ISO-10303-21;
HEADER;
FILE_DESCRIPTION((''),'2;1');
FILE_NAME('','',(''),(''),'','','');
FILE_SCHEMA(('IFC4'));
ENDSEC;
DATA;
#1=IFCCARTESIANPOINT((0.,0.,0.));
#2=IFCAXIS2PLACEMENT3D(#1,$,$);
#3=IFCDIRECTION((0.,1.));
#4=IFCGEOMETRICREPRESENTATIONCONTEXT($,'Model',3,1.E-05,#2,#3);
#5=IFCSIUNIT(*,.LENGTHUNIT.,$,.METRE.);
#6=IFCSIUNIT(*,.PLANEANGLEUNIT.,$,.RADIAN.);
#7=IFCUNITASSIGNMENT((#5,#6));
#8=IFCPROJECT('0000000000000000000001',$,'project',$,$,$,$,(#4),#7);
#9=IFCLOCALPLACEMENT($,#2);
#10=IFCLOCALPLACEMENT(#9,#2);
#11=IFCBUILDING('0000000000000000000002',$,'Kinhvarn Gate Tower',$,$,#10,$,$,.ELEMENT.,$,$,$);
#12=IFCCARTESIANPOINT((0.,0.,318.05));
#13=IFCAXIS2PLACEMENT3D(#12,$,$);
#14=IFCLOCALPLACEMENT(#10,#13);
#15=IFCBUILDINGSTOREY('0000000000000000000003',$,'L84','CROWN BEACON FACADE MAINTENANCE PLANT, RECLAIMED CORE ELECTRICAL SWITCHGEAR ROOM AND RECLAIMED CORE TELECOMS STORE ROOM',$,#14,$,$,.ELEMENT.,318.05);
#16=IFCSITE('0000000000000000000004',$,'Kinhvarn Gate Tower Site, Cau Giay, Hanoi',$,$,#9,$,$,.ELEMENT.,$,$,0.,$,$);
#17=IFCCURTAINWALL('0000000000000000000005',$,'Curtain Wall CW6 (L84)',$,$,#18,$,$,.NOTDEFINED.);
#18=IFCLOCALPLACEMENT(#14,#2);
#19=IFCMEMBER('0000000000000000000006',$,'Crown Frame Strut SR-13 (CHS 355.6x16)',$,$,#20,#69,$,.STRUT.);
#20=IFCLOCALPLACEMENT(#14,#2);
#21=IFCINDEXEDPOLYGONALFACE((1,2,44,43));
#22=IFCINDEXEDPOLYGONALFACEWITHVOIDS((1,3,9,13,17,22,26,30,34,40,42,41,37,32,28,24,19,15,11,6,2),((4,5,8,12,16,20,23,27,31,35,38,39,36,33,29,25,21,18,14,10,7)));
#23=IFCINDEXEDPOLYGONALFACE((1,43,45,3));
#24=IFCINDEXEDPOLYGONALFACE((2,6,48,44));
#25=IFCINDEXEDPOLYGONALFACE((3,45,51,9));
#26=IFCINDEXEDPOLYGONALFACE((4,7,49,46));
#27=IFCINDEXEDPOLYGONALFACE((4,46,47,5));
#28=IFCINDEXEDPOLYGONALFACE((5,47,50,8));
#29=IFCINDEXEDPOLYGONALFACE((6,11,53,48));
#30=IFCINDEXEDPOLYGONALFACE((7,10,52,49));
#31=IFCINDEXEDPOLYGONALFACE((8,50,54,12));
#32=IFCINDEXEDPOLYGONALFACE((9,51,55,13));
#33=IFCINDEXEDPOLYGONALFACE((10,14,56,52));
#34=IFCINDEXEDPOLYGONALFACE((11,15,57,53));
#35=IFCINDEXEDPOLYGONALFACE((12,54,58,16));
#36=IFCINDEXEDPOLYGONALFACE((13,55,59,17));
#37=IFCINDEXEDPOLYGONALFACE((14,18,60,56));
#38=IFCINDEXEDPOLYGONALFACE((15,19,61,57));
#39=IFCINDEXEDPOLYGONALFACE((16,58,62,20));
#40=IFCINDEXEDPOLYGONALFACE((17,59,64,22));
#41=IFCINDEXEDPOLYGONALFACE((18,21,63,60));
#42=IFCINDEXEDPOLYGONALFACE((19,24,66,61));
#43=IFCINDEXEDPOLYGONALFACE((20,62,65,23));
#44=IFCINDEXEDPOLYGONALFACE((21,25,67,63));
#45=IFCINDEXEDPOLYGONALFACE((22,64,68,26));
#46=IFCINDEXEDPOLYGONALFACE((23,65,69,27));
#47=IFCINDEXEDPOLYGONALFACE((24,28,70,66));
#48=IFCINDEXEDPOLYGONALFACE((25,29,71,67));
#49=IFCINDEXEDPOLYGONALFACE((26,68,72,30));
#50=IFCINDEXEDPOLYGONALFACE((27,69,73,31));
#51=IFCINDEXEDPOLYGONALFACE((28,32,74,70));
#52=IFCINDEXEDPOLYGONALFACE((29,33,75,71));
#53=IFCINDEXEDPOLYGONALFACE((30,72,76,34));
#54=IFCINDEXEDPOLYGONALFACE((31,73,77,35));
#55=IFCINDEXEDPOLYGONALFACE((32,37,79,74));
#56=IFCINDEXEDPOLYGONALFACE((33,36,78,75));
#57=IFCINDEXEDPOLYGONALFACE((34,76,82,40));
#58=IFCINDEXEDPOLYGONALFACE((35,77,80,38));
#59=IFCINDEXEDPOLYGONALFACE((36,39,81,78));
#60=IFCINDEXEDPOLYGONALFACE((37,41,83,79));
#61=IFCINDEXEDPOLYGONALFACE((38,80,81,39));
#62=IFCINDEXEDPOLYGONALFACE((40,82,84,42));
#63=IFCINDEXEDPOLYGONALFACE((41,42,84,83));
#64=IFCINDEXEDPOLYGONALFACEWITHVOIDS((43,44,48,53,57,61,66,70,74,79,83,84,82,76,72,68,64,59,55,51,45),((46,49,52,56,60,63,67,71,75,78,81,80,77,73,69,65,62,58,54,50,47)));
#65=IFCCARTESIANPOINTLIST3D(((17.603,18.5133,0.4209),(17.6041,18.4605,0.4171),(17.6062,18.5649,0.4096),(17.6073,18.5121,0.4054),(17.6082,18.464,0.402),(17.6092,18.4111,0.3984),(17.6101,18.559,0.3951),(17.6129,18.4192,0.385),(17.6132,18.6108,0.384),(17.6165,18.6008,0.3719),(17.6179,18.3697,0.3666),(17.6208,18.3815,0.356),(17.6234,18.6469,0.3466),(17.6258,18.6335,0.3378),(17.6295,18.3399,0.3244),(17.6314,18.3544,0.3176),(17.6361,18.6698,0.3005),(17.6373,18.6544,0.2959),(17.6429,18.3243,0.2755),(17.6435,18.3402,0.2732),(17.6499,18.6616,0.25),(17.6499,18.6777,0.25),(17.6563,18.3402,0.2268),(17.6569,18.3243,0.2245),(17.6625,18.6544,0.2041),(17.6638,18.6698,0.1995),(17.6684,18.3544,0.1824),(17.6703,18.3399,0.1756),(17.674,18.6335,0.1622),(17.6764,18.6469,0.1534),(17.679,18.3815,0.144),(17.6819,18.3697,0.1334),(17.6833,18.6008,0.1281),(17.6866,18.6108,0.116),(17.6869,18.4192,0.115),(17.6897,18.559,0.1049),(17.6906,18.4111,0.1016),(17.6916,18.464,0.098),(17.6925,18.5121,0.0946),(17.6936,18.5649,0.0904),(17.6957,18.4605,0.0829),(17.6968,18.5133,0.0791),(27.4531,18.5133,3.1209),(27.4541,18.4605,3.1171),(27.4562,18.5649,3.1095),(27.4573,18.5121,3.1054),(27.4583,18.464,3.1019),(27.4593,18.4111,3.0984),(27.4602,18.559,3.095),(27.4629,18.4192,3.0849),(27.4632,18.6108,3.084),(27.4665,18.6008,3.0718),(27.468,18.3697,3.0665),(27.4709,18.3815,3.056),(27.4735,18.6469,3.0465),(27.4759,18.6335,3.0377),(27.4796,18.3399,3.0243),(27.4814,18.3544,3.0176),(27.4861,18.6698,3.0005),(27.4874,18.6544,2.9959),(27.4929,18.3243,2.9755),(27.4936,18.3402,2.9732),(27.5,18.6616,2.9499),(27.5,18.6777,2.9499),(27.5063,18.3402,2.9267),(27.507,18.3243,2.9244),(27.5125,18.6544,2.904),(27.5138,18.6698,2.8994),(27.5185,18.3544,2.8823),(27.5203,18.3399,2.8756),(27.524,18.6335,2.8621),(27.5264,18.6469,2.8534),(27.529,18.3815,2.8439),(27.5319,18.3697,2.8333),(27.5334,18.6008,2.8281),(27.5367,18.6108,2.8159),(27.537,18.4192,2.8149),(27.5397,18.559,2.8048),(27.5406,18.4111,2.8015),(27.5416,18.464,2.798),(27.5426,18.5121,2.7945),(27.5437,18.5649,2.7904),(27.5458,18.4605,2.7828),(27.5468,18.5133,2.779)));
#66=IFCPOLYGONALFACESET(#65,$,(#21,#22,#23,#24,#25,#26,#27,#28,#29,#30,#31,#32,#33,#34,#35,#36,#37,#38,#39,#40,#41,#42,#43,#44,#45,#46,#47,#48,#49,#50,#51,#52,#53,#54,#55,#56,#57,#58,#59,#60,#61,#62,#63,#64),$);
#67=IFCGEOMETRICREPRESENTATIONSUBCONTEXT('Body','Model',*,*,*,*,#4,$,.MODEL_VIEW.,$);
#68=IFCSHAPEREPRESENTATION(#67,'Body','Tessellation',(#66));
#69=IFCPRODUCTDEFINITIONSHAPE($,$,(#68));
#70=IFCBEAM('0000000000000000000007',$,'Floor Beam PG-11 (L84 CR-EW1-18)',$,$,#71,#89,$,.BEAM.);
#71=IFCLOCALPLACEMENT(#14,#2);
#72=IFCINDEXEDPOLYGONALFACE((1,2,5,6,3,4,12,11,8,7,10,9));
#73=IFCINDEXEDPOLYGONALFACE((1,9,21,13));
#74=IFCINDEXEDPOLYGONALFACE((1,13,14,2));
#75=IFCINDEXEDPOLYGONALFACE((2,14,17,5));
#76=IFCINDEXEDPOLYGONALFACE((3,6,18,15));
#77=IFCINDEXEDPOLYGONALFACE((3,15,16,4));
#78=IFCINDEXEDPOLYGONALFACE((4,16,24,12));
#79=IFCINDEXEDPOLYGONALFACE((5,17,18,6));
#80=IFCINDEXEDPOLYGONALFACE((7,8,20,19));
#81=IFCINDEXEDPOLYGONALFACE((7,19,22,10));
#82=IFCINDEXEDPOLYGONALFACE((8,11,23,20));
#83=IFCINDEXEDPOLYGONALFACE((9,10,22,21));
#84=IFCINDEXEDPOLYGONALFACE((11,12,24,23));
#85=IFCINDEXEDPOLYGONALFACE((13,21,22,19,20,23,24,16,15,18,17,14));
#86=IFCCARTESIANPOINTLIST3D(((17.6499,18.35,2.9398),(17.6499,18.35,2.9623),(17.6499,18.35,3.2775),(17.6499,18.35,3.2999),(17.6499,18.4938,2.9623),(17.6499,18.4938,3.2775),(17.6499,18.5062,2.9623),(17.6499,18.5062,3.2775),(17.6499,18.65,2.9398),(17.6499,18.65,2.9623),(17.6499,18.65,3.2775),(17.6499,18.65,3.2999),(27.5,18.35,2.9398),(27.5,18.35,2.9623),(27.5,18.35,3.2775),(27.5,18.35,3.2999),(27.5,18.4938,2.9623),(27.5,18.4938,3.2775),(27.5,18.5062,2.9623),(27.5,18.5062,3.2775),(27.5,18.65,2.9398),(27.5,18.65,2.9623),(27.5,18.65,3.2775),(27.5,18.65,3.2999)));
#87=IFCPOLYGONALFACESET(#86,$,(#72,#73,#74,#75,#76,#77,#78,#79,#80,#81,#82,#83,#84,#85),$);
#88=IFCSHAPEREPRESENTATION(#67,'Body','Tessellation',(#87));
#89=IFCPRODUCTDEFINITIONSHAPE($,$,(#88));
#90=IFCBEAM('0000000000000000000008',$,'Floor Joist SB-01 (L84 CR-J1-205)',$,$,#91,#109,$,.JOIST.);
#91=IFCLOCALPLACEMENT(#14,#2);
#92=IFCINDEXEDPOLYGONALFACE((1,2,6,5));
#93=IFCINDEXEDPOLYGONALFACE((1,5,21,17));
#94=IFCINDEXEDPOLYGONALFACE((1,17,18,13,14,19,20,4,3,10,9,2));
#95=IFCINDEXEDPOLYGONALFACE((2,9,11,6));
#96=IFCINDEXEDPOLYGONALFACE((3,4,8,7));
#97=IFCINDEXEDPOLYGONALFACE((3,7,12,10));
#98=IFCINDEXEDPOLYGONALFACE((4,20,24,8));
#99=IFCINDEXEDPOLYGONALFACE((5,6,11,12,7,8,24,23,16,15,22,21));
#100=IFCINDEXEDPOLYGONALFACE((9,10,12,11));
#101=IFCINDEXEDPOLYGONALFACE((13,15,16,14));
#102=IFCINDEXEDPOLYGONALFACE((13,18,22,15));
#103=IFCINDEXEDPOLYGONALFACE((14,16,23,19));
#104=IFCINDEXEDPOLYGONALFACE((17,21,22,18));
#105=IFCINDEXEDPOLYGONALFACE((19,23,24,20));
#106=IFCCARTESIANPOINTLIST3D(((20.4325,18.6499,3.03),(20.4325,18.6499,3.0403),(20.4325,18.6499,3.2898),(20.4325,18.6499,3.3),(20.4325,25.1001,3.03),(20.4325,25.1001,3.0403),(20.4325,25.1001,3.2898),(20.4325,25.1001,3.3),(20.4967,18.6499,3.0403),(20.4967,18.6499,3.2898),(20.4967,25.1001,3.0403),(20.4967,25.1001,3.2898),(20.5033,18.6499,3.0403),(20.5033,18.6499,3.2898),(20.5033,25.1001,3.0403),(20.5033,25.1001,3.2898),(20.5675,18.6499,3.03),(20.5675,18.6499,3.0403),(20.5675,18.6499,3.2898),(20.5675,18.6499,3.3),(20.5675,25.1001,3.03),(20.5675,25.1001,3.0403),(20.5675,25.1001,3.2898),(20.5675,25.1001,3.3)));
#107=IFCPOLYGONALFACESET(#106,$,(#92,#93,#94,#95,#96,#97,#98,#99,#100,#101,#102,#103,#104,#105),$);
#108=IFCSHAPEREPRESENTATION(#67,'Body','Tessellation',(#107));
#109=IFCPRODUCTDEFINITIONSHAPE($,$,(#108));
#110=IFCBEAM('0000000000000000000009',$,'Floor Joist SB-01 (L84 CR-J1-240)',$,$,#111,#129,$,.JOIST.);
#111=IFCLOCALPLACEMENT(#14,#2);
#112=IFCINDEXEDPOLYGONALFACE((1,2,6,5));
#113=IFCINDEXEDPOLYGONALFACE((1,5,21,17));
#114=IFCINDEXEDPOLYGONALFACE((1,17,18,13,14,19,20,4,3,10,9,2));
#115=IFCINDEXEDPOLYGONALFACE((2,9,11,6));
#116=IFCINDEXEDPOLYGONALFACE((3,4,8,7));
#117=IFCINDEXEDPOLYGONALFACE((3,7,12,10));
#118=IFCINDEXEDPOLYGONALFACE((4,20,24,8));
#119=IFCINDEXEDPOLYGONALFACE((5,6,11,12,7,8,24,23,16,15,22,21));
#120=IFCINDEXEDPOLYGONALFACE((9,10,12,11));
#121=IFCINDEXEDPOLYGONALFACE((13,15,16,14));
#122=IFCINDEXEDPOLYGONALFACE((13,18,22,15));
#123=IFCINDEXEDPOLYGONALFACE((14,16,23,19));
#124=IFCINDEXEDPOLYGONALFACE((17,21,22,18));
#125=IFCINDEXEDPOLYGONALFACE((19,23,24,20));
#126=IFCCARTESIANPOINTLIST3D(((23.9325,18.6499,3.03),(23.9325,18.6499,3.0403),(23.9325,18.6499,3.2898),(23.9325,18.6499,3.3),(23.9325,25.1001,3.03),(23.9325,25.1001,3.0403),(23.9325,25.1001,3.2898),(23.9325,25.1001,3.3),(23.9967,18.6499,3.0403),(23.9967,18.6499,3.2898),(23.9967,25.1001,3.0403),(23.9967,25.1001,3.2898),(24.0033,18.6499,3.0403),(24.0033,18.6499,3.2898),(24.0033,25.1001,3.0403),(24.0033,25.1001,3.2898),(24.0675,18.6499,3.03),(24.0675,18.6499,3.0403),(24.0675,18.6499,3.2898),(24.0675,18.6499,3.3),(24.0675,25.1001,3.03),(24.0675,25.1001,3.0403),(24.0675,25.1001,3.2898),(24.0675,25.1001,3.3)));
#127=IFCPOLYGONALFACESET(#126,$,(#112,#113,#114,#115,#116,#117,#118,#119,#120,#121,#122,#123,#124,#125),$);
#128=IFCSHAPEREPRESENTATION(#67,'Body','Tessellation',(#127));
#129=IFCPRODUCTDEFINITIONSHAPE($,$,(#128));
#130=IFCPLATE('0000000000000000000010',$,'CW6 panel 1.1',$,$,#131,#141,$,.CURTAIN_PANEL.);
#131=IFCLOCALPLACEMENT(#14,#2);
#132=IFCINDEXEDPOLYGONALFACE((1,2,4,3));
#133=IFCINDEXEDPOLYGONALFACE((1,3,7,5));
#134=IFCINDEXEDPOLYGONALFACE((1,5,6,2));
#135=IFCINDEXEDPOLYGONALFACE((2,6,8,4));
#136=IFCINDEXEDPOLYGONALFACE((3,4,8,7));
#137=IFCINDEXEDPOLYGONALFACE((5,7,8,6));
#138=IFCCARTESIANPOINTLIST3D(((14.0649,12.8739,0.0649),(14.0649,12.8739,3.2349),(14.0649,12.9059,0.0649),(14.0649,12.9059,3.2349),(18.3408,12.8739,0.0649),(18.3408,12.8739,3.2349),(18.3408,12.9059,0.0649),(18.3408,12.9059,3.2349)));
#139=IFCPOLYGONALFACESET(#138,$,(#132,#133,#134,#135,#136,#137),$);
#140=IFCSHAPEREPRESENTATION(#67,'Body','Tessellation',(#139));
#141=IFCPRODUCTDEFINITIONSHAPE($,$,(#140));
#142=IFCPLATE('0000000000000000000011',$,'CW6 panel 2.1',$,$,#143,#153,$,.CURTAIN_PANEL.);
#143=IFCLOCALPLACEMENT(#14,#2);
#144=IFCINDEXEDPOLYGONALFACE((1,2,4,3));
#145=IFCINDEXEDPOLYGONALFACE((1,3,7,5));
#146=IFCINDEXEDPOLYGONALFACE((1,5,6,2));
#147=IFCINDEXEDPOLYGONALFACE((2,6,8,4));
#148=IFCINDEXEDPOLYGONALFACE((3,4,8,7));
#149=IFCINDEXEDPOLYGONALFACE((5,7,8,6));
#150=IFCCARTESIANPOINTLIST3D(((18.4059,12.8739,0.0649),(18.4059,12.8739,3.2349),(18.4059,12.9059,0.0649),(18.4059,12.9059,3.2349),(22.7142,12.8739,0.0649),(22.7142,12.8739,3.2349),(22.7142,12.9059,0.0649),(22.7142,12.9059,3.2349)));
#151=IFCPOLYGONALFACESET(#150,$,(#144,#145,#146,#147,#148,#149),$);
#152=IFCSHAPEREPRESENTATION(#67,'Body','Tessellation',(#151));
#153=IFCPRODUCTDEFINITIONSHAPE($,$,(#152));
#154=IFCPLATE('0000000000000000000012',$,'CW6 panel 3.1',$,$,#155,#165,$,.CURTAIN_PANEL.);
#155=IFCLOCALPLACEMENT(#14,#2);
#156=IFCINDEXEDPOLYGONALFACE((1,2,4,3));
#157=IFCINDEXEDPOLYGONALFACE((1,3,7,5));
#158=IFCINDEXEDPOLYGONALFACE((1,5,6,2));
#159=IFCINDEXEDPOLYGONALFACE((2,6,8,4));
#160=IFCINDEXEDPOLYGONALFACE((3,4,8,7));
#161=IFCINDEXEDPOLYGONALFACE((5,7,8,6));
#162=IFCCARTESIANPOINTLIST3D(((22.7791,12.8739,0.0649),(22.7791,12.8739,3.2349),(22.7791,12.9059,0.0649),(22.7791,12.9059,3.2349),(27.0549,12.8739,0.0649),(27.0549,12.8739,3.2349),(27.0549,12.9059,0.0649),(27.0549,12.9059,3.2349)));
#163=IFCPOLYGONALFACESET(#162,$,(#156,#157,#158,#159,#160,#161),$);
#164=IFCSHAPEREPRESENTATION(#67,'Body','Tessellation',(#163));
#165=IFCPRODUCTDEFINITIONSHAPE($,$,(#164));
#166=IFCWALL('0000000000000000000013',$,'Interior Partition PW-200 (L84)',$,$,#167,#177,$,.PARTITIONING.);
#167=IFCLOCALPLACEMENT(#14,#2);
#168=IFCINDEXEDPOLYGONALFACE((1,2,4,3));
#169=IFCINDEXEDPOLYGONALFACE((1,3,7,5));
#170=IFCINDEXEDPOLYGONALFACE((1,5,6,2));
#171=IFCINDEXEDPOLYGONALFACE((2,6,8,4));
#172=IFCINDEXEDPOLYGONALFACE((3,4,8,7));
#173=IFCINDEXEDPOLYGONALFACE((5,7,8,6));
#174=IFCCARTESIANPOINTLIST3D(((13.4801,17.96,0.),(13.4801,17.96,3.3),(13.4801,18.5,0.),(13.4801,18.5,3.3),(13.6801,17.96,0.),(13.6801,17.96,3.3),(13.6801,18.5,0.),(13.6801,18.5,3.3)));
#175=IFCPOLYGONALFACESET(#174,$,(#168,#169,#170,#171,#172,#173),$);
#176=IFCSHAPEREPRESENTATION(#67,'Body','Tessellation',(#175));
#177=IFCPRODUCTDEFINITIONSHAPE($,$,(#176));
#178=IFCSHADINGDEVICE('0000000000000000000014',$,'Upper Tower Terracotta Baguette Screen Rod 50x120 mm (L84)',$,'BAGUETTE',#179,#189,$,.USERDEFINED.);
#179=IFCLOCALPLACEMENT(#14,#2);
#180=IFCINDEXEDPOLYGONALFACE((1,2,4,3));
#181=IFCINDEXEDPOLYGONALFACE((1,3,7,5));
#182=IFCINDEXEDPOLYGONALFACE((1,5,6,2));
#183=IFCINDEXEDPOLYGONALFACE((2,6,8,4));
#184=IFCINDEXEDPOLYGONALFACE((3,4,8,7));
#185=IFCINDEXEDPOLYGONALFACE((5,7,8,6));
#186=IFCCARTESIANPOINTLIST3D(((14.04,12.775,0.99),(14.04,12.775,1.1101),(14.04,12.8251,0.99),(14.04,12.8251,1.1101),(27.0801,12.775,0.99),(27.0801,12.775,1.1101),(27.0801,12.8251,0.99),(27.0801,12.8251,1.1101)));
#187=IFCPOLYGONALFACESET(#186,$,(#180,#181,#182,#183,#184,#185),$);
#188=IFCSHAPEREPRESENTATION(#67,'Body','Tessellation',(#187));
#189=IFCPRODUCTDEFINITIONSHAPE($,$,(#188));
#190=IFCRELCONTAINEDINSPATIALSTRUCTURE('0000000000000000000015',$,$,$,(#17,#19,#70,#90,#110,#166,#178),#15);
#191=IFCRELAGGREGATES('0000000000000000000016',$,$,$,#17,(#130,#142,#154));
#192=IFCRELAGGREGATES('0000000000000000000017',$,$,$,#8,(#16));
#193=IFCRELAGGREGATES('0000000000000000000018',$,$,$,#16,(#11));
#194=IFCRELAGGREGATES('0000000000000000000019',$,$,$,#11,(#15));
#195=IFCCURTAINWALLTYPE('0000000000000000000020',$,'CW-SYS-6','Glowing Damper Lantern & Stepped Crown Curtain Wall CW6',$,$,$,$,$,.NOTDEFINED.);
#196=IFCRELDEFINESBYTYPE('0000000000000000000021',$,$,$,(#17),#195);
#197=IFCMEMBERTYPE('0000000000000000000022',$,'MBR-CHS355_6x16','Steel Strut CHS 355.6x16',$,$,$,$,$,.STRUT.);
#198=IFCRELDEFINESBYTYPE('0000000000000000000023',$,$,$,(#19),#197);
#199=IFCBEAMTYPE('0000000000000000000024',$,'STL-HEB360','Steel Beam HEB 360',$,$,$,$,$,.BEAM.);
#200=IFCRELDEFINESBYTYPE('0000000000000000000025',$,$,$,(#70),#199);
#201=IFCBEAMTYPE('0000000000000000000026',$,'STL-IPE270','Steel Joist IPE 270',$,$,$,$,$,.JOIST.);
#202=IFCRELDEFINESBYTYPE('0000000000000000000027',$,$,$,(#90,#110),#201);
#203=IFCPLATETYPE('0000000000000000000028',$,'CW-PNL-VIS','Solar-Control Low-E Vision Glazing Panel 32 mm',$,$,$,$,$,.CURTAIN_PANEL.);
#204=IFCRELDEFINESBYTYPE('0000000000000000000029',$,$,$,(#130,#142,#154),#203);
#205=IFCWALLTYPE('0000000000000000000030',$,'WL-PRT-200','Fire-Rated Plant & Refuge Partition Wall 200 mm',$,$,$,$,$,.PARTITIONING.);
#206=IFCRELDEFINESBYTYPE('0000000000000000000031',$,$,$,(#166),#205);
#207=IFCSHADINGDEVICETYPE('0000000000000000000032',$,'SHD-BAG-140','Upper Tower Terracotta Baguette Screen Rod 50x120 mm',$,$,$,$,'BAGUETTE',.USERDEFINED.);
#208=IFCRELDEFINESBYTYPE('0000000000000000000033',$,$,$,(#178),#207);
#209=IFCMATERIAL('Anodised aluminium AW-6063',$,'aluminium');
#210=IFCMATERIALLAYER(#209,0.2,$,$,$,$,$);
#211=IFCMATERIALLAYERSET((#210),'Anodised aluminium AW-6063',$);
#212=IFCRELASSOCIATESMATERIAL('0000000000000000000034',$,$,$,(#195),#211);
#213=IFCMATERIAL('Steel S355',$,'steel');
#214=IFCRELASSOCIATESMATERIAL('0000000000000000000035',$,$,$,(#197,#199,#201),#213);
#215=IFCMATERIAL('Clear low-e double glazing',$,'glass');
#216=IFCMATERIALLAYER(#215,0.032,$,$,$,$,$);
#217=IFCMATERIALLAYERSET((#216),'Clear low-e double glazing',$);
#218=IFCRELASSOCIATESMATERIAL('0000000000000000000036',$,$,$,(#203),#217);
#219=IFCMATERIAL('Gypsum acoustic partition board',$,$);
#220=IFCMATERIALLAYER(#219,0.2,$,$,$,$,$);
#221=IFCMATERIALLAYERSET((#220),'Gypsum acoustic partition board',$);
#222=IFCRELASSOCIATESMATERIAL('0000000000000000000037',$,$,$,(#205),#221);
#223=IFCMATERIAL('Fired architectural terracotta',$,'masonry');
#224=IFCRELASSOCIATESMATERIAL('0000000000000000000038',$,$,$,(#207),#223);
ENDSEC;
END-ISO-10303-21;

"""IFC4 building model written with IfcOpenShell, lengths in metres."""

from ifc_helpers import new_model, si_unit, direction, frame, frame_2d, origin, origin_2d, place, context, subcontext, project, spatial, rectangle, hollow_circle, i_section, extrude, material, layer, layer_set, material_profile, profile_set, type_object, element, aggregate, save


model = new_model("IFC4")

# Units and contexts
model_context = context("Model", 3, precision=1e-05, world=origin(), true_north=direction((0.0, 1.0)))
body_context = subcontext(model_context, "Body", "Model", "MODEL_VIEW")
ifc_project = project(units=[si_unit("LENGTHUNIT", "METRE"), si_unit("PLANEANGLEUNIT", "RADIAN")], contexts=[model_context])

# Site, building, storey
site_placement = place(None, origin())
site = spatial("IfcSite", under=ifc_project, at=site_placement, Name="Kinhvarn Gate Tower Site, Cau Giay, Hanoi", CompositionType="ELEMENT", RefElevation=0.0)
building_placement = place(site_placement, origin())
building = spatial("IfcBuilding", under=site, at=building_placement, Name="Kinhvarn Gate Tower", CompositionType="ELEMENT")
storey_placement = place(building_placement, frame((0.0, 0.0, 318.05)))
storey = spatial("IfcBuildingStorey", under=building, at=storey_placement, Name="L84", Description="CROWN BEACON FACADE MAINTENANCE PLANT, RECLAIMED CORE ELECTRICAL SWITCHGEAR ROOM AND RECLAIMED CORE TELECOMS STORE ROOM", CompositionType="ELEMENT", Elevation=318.05)

# Curtain wall
ifc_material_1 = material(Name="Anodised aluminium AW-6063", Category="aluminium")
ifc_layer_1 = layer(ifc_material_1, 0.2)
ifc_layer_set_1 = layer_set([ifc_layer_1], Name="Anodised aluminium AW-6063")
curtain_wall_type = type_object("IfcCurtainWallType", Name="CW-SYS-6", Description="Glowing Damper Lantern & Stepped Crown Curtain Wall CW6", PredefinedType="NOTDEFINED", material=ifc_layer_set_1)
curtain_wall_placement = place(storey_placement, origin())
curtain_wall = element("IfcCurtainWall", 1, at=curtain_wall_placement, inside=storey, type_object=curtain_wall_type, Name="Curtain Wall CW6 (L84)", PredefinedType="NOTDEFINED")

# Member
ifc_material_2 = material(Name="Steel S355", Category="steel")
ifc_material_profile_1 = material_profile(ifc_material_2, hollow_circle(Radius=0.1777, WallThickness=0.0161, at=origin_2d()), Name="CHS 355.6x16")
ifc_profile_set_1 = profile_set([ifc_material_profile_1], Name="Steel S355")
member_type_1 = type_object("IfcMemberType", Name="MBR-CHS355_6x16", Description="Steel Strut CHS 355.6x16", PredefinedType="STRUT", material=ifc_profile_set_1)
member_1_placement = place(storey_placement, frame((17.6499, 18.5, 0.25), z_axis=(0.964426, 0.0, 0.264353), x_axis=(0.0, 1.0, 0.0)))
element("IfcMember", 2, at=member_1_placement, inside=storey, type_object=member_type_1, Name="Crown Frame Strut SR-13 (CHS 355.6x16)", PredefinedType="STRUT", context=body_context, shape_type="SweptSolid", body=[
    extrude(hollow_circle(Radius=0.1777, WallThickness=0.0161, at=origin_2d()), origin(), (0.0, 0.0, 1.0), 10.2134),
])

# Beams
ifc_material_profile_2 = material_profile(ifc_material_2, i_section(OverallWidth=0.3, OverallDepth=0.3601, WebThickness=0.0125, FlangeThickness=0.0225, at=origin_2d()), Name="HEB 360")
ifc_profile_set_2 = profile_set([ifc_material_profile_2], Name="Steel S355")
beam_type_1 = type_object("IfcBeamType", Name="STL-HEB360", Description="Steel Beam HEB 360", PredefinedType="BEAM", material=ifc_profile_set_2)
beam_1_placement = place(storey_placement, frame((17.6499, 18.5, 3.1199), z_axis=(1.0, 0.0, 0.0), x_axis=(0.0, 1.0, 0.0)))
element("IfcBeam", 3, at=beam_1_placement, inside=storey, type_object=beam_type_1, Name="Floor Beam PG-11 (L84 CR-EW1-18)", PredefinedType="BEAM", context=body_context, shape_type="SweptSolid", body=[
    extrude(i_section(OverallWidth=0.3, OverallDepth=0.3601, WebThickness=0.0125, FlangeThickness=0.0225, at=origin_2d()), origin(), (0.0, 0.0, 1.0), 9.8501),
])
ifc_material_profile_3 = material_profile(ifc_material_2, i_section(OverallWidth=0.135, OverallDepth=0.27, WebThickness=0.0066, FlangeThickness=0.0103, at=origin_2d()), Name="IPE 270")
ifc_profile_set_3 = profile_set([ifc_material_profile_3], Name="Steel S355")
beam_type_2 = type_object("IfcBeamType", Name="STL-IPE270", Description="Steel Joist IPE 270", PredefinedType="JOIST", material=ifc_profile_set_3)
for number, where, z_axis, x_axis, name in (
    (4, (20.5, 18.6499, 3.165), (0.0, 1.0, 0.0), (-1.0, 0.0, 0.0), "Floor Joist SB-01 (L84 CR-J1-205)"),
    (5, (24.0, 18.6499, 3.165), (0.0, 1.0, 0.0), (-1.0, 0.0, 0.0), "Floor Joist SB-01 (L84 CR-J1-240)"),
):
    element("IfcBeam", number, at=place(storey_placement, frame(where, z_axis=z_axis, x_axis=x_axis)), inside=storey, type_object=beam_type_2, Name=name, PredefinedType="JOIST", context=body_context, shape_type="SweptSolid", body=[
        extrude(i_section(OverallWidth=0.135, OverallDepth=0.27, WebThickness=0.0066, FlangeThickness=0.0103, at=origin_2d()), origin(), (0.0, 0.0, 1.0), 6.4502),
    ])

# Plates
ifc_material_3 = material(Name="Clear low-e double glazing", Category="glass")
ifc_layer_2 = layer(ifc_material_3, 0.032)
ifc_layer_set_2 = layer_set([ifc_layer_2], Name="Clear low-e double glazing")
plate_type = type_object("IfcPlateType", Name="CW-PNL-VIS", Description="Solar-Control Low-E Vision Glazing Panel 32 mm", PredefinedType="CURTAIN_PANEL", material=ifc_layer_set_2)
plate_1_placement = place(storey_placement, frame((16.2029, 12.8899, 0.0649), z_axis=(0.0, 0.0, 1.0), x_axis=(1.0, 0.0, 0.0)))
plate_1 = element("IfcPlate", 6, at=plate_1_placement, type_object=plate_type, Name="CW6 panel 1.1", PredefinedType="CURTAIN_PANEL", context=body_context, shape_type="SweptSolid", body=[
    extrude(rectangle(XDim=4.2759, YDim=0.032, at=origin_2d()), origin(), (0.0, 0.0, 1.0), 3.1699),
])
plate_2_placement = place(storey_placement, frame((20.5601, 12.8899, 0.0649), z_axis=(0.0, 0.0, 1.0), x_axis=(1.0, 0.0, 0.0)))
plate_2 = element("IfcPlate", 7, at=plate_2_placement, type_object=plate_type, Name="CW6 panel 2.1", PredefinedType="CURTAIN_PANEL", context=body_context, shape_type="SweptSolid", body=[
    extrude(rectangle(XDim=4.3083, YDim=0.032, at=origin_2d()), origin(), (0.0, 0.0, 1.0), 3.1699),
])
plate_3_placement = place(storey_placement, frame((24.917, 12.8899, 0.0649), z_axis=(0.0, 0.0, 1.0), x_axis=(1.0, 0.0, 0.0)))
plate_3 = element("IfcPlate", 8, at=plate_3_placement, type_object=plate_type, Name="CW6 panel 3.1", PredefinedType="CURTAIN_PANEL", context=body_context, shape_type="SweptSolid", body=[
    extrude(rectangle(XDim=4.2759, YDim=0.032, at=origin_2d()), origin(), (0.0, 0.0, 1.0), 3.1699),
])
aggregate(curtain_wall, [plate_1, plate_2, plate_3])

# Wall
ifc_material_4 = material(Name="Gypsum acoustic partition board")
ifc_layer_3 = layer(ifc_material_4, 0.2)
ifc_layer_set_3 = layer_set([ifc_layer_3], Name="Gypsum acoustic partition board")
wall_type_1 = type_object("IfcWallType", Name="WL-PRT-200", Description="Fire-Rated Plant & Refuge Partition Wall 200 mm", PredefinedType="PARTITIONING", material=ifc_layer_set_3)
wall_1_placement = place(storey_placement, frame((13.5801, 17.96, 0.0), z_axis=(0.0, 0.0, 1.0), x_axis=(0.0, 1.0, 0.0)))
element("IfcWall", 9, at=wall_1_placement, inside=storey, type_object=wall_type_1, Name="Interior Partition PW-200 (L84)", PredefinedType="PARTITIONING", context=body_context, shape_type="SweptSolid", body=[
    extrude(rectangle(XDim=0.54, YDim=0.2, at=frame_2d((0.27, 0.0))), origin(), (0.0, 0.0, 1.0), 3.3),
])

# Shading device
ifc_material_5 = material(Name="Fired architectural terracotta", Category="masonry")
ifc_material_profile_4 = material_profile(ifc_material_5, rectangle(XDim=0.05, YDim=0.1201, at=origin_2d()), Name="TC 50x120")
ifc_profile_set_4 = profile_set([ifc_material_profile_4], Name="Fired architectural terracotta")
shading_device_type = type_object("IfcShadingDeviceType", Name="SHD-BAG-140", Description="Upper Tower Terracotta Baguette Screen Rod 50x120 mm", ElementType="BAGUETTE", PredefinedType="USERDEFINED", material=ifc_profile_set_4)
for number, where, z_axis, x_axis, name in (
    (10, (14.04, 12.8, 1.05), (1.0, 0.0, 0.0), (0.0, 1.0, 0.0), "Upper Tower Terracotta Baguette Screen Rod 50x120 mm (L84)"),
):
    element("IfcShadingDevice", number, at=place(storey_placement, frame(where, z_axis=z_axis, x_axis=x_axis)), inside=storey, type_object=shading_device_type, Name=name, ObjectType="BAGUETTE", PredefinedType="USERDEFINED", context=body_context, shape_type="SweptSolid", body=[
        extrude(rectangle(XDim=0.05, YDim=0.1201, at=origin_2d()), origin(), (0.0, 0.0, 1.0), 13.04),
    ])

save(model, "model.ifc")
